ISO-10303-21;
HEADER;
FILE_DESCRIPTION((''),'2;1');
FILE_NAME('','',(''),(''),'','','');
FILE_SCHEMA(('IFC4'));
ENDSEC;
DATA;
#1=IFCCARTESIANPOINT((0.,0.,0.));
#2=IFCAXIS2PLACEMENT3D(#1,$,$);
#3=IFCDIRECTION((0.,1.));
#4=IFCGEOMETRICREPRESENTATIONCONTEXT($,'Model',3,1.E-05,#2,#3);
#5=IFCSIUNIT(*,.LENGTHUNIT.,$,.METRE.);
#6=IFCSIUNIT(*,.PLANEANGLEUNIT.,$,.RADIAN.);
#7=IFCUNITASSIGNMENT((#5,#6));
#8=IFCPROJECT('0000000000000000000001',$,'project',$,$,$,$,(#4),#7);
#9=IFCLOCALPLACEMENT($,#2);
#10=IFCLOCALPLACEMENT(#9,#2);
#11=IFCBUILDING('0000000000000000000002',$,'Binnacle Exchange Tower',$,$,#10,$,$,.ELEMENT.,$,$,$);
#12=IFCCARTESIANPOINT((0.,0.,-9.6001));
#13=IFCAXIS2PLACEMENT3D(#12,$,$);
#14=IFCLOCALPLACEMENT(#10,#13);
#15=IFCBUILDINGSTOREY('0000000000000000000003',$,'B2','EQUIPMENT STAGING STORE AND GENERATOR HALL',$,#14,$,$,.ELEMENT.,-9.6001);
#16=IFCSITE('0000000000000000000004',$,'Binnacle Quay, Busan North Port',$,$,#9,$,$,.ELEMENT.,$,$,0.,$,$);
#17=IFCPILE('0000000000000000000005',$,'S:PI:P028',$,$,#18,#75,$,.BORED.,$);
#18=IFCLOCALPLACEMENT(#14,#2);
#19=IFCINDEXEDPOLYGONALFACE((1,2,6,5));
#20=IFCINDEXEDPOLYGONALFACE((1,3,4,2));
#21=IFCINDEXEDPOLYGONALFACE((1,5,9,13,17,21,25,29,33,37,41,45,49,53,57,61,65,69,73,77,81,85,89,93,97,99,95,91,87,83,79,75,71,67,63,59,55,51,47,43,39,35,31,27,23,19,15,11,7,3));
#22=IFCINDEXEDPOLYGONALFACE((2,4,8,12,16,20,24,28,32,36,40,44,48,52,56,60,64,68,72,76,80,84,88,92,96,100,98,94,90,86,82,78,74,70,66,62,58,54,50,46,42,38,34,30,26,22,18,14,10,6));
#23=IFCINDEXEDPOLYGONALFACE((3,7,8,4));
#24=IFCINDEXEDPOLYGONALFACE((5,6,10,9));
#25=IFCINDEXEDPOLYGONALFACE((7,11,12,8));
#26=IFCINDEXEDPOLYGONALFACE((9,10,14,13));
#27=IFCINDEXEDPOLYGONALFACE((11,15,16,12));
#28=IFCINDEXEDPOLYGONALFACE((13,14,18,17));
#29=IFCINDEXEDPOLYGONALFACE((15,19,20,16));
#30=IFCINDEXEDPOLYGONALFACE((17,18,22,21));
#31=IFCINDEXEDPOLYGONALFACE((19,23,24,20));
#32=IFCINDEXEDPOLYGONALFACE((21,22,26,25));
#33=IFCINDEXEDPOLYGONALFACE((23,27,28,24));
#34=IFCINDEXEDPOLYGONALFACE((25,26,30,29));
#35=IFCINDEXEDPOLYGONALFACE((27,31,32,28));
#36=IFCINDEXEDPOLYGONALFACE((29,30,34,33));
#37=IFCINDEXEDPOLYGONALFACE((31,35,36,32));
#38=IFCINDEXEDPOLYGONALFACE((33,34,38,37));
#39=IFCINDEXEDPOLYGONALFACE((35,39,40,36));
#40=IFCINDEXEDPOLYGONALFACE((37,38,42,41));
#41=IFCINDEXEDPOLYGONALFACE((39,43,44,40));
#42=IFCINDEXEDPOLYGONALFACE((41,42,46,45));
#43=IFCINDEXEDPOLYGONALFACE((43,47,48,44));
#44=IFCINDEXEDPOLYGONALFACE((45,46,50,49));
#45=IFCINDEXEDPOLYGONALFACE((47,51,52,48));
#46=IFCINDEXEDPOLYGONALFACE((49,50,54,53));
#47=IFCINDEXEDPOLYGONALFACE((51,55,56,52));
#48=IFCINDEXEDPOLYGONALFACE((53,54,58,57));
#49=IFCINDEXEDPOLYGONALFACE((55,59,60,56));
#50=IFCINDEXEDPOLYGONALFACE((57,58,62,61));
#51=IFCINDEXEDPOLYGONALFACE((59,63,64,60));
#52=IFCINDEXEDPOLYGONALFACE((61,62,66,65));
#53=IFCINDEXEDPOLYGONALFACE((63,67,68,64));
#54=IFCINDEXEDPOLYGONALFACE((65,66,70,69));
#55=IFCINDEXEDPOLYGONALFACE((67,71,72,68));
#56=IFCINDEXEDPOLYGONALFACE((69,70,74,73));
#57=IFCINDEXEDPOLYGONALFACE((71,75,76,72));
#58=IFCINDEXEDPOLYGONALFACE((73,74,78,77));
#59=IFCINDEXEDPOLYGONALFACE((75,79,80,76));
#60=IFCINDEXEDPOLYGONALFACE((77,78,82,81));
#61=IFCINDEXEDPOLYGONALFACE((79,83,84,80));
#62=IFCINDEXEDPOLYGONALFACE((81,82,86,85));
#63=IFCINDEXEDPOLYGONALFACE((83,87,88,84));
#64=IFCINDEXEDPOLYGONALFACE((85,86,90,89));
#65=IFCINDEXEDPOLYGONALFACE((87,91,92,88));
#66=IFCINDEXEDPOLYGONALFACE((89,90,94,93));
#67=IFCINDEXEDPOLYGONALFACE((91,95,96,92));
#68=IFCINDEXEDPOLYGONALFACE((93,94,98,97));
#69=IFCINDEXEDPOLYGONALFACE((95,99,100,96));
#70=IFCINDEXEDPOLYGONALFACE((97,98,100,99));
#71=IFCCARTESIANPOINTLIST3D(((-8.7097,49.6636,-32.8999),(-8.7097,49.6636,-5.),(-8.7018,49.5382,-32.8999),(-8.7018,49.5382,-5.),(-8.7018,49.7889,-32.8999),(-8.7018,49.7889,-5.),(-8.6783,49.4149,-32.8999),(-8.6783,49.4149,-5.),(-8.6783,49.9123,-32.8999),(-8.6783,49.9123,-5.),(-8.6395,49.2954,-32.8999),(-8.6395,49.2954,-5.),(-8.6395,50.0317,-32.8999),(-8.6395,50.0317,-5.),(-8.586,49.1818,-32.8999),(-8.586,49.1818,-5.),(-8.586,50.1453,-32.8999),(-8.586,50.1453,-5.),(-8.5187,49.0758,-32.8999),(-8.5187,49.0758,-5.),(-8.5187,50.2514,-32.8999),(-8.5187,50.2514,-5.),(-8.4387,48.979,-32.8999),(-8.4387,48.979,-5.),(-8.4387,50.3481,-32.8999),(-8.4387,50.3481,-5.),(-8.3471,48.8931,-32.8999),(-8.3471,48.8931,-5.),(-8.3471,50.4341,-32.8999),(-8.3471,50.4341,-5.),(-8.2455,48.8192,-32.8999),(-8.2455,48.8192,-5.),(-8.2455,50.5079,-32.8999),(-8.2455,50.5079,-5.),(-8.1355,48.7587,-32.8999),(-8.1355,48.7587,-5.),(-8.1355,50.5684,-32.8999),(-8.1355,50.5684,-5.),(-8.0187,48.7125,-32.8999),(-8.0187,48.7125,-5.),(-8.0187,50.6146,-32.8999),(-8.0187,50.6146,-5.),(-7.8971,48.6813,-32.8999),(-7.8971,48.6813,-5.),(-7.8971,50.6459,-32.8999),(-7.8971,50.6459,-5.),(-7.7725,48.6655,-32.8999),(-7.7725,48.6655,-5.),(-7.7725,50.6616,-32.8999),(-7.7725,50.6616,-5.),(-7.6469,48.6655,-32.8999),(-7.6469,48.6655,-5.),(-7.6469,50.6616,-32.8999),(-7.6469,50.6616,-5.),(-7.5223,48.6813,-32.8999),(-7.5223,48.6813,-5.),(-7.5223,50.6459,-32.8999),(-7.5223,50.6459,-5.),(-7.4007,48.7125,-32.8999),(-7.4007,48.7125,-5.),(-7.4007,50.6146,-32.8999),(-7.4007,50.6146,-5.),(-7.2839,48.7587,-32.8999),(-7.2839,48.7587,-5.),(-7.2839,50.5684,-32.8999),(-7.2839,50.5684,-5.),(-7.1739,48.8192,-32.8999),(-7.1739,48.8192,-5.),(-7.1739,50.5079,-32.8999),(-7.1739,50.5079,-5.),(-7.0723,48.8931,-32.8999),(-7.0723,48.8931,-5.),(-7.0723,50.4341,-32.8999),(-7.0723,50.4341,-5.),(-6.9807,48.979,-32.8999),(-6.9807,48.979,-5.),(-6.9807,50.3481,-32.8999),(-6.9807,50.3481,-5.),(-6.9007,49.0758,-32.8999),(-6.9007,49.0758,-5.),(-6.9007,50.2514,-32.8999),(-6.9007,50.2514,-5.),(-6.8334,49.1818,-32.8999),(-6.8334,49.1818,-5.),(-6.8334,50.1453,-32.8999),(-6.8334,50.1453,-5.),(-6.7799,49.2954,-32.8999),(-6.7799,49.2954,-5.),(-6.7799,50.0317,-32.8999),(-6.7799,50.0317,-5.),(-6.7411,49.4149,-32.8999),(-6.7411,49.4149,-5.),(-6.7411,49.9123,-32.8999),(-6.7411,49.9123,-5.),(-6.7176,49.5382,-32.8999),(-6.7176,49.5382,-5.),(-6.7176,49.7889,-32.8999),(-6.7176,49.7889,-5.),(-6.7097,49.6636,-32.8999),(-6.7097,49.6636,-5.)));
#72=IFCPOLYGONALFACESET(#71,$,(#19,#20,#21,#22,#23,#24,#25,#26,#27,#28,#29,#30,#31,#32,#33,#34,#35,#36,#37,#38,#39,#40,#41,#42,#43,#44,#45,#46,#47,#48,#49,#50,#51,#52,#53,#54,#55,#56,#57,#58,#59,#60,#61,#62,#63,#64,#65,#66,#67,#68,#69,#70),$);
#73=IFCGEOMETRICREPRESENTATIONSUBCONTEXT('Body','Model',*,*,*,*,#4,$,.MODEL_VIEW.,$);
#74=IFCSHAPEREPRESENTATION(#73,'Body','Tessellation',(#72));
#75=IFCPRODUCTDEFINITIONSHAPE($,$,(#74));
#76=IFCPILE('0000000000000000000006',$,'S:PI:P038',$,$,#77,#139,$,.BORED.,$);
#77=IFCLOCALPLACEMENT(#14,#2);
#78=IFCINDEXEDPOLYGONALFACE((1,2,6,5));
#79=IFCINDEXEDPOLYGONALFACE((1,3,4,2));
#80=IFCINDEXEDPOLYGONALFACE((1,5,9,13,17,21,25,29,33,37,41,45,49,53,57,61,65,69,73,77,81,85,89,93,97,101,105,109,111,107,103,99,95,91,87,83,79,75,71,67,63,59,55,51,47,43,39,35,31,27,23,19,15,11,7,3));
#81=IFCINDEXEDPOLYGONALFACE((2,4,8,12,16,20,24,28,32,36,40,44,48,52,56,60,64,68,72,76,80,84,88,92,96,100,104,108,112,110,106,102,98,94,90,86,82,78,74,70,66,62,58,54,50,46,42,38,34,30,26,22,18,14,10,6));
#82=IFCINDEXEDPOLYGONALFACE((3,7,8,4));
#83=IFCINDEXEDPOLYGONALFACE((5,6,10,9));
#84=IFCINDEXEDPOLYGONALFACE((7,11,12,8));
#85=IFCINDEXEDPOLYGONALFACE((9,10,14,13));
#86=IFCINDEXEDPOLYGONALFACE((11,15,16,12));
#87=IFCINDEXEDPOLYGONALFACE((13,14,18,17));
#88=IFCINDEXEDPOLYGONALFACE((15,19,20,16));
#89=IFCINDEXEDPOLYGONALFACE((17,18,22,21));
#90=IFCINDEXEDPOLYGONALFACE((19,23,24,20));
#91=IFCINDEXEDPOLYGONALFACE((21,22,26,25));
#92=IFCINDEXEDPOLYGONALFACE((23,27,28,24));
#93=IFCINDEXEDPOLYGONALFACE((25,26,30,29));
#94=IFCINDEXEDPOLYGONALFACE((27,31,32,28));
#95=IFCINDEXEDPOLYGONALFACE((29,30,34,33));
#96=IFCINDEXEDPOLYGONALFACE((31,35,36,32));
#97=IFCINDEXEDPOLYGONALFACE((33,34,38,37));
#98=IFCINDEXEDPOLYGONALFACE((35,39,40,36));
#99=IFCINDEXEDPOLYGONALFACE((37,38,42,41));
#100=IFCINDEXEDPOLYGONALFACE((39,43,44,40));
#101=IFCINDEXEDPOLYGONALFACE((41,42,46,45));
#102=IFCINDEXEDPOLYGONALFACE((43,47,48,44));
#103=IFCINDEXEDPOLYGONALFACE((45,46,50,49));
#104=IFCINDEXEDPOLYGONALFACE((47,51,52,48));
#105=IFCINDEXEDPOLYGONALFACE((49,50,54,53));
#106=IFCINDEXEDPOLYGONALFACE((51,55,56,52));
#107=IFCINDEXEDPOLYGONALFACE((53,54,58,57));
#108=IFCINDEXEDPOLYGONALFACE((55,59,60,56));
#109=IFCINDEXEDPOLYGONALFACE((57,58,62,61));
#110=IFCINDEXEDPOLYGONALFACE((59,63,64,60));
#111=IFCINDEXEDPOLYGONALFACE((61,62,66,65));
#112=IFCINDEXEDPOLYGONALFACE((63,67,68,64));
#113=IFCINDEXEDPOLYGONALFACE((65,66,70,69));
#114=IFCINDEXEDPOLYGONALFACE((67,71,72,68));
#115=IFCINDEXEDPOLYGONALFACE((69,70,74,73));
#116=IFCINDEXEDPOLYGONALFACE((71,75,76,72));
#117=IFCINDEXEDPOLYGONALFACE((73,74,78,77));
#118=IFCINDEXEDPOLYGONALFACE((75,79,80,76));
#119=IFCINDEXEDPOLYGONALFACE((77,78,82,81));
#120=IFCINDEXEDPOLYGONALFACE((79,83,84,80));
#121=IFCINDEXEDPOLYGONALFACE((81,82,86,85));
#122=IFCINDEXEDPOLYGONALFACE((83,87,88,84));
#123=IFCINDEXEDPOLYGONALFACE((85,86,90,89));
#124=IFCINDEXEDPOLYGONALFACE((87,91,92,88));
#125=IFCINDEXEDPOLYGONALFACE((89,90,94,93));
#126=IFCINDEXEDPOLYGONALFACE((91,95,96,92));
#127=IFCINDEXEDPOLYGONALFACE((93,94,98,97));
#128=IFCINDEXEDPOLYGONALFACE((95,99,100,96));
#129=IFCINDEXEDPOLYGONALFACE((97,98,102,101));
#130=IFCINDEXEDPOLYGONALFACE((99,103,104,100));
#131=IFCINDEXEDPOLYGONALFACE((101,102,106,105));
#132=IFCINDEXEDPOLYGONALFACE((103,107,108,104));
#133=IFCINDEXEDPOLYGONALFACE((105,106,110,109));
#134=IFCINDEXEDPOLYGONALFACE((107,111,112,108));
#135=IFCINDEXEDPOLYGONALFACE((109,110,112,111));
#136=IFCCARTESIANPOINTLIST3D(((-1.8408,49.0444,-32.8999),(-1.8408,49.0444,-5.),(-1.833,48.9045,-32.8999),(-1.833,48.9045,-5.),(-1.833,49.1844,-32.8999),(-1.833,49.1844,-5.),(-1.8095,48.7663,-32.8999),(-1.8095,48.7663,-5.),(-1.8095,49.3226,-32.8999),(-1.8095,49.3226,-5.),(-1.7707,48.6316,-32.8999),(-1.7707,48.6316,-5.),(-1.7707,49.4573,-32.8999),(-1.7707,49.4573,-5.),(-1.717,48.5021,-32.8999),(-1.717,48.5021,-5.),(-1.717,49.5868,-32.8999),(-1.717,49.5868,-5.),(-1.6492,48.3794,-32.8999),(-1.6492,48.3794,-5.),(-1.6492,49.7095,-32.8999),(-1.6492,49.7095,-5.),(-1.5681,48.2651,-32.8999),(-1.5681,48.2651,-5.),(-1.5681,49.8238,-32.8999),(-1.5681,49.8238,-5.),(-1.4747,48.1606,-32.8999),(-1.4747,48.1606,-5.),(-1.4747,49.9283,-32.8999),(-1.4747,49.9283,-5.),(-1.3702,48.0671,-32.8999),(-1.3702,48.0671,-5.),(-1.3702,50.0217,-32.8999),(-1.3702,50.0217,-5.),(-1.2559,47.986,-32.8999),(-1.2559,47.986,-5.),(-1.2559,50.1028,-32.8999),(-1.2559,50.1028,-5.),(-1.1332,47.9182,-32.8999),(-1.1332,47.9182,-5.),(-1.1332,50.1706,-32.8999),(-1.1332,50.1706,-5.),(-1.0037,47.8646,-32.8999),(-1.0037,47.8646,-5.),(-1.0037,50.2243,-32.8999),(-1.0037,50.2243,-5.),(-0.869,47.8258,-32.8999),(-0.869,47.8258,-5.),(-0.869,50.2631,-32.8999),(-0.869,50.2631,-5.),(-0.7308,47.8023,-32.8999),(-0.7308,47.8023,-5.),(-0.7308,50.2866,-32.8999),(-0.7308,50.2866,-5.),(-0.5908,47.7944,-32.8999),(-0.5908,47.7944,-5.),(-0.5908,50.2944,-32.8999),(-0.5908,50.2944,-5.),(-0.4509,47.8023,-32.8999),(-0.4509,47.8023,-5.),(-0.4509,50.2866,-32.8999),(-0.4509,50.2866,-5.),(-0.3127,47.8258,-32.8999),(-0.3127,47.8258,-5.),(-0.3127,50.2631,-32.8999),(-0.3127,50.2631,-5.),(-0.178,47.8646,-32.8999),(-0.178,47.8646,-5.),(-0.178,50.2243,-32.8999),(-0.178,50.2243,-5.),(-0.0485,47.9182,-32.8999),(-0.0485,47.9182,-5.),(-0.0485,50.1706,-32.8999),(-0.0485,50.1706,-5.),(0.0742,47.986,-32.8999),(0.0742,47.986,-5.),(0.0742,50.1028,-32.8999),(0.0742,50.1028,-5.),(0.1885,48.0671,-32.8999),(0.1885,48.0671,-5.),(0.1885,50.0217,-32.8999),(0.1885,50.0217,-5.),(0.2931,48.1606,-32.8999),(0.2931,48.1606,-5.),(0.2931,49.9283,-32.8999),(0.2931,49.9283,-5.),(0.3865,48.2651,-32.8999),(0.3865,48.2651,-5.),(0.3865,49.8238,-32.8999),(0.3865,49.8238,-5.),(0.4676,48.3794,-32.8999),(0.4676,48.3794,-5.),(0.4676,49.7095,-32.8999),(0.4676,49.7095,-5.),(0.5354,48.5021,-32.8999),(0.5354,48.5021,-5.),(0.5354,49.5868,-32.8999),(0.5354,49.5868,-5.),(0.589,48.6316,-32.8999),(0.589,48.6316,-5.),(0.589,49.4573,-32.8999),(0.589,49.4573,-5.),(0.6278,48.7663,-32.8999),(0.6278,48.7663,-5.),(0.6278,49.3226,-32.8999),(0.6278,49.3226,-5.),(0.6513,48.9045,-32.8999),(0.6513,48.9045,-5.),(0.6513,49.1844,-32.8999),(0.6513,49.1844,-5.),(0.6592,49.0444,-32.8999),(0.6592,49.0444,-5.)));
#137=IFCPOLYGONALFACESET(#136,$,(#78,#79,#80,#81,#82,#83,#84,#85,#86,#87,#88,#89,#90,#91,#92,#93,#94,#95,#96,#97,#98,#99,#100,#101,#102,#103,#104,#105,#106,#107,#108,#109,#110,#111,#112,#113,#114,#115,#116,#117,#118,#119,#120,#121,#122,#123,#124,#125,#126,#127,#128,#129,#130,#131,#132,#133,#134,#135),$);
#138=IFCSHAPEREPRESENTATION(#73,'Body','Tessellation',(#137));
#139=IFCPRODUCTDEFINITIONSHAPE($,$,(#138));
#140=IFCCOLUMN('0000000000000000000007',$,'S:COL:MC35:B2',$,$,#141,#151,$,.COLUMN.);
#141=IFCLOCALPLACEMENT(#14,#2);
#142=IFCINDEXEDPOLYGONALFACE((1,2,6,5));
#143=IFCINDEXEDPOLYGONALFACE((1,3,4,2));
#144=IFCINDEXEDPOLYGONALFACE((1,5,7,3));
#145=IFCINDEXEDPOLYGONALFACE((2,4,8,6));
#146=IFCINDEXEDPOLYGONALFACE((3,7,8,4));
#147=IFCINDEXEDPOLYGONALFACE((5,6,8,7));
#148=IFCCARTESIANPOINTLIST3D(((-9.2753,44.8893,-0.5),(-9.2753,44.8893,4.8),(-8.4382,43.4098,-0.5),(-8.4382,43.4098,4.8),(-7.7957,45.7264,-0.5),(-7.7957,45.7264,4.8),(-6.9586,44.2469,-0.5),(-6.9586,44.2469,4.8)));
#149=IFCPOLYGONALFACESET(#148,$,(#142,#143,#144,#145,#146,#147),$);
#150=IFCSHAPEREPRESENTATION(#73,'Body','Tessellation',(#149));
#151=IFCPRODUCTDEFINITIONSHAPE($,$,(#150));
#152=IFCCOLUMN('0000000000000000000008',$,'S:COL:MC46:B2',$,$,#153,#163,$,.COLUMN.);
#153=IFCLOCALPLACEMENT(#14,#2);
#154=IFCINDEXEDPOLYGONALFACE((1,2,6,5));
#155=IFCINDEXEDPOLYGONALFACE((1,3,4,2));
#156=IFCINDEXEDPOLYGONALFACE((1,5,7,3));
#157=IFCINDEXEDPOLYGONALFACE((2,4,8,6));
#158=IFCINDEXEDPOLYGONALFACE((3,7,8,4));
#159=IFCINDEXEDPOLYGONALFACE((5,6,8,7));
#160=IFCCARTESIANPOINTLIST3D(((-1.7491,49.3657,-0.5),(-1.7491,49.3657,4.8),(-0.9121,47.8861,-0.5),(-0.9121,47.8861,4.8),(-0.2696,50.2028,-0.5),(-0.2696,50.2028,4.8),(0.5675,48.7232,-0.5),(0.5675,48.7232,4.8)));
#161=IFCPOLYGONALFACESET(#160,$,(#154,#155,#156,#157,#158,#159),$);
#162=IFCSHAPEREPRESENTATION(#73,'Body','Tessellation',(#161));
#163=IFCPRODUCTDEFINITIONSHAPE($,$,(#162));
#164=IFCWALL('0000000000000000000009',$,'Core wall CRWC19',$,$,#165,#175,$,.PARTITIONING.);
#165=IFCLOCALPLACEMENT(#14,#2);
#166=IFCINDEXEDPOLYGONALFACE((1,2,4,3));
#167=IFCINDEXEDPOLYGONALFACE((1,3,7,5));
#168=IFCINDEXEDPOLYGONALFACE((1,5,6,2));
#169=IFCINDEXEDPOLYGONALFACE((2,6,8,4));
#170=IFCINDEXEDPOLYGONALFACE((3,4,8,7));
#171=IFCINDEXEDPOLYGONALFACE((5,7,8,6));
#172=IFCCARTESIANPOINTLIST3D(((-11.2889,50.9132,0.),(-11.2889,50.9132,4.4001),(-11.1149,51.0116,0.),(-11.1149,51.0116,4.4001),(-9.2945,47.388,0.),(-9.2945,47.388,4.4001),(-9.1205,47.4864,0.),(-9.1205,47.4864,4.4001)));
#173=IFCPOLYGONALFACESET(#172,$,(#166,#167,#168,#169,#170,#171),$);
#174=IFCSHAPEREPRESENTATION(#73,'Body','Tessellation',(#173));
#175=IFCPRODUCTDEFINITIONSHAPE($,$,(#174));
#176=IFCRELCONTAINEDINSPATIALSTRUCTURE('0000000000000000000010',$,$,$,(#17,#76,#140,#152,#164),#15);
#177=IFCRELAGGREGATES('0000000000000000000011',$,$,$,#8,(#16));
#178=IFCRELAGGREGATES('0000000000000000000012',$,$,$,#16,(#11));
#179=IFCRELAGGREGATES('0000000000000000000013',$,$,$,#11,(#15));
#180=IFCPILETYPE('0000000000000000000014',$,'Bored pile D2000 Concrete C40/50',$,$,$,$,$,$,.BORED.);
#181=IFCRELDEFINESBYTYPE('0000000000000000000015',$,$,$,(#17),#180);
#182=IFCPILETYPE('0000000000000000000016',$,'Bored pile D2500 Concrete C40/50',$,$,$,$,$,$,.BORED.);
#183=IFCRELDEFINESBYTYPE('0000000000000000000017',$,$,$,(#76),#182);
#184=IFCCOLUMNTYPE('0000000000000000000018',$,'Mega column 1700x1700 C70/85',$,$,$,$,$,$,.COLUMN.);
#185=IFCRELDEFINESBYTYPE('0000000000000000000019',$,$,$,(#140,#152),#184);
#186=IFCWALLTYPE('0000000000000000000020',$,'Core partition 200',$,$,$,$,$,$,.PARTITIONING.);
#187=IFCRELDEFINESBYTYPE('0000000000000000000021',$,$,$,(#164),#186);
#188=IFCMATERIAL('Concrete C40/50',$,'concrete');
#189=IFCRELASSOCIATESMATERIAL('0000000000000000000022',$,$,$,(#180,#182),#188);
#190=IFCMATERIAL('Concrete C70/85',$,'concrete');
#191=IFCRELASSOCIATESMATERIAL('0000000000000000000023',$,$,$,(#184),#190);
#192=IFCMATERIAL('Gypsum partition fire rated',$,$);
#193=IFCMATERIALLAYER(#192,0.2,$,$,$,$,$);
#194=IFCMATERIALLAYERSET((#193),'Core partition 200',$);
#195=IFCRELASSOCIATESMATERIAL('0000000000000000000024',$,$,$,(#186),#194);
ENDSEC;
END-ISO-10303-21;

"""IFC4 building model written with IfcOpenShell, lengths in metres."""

from ifc_helpers import new_model, si_unit, direction, frame, frame_2d, origin, origin_2d, place, context, subcontext, project, spatial, rectangle, circle, extrude, material, layer, layer_set, material_profile, profile_set, type_object, element, save


model = new_model("IFC4")

# Units and contexts
model_context = context("Model", 3, precision=1e-05, world=origin(), true_north=direction((0.0, 1.0)))
body_context = subcontext(model_context, "Body", "Model", "MODEL_VIEW")
ifc_project = project(units=[si_unit("LENGTHUNIT", "METRE"), si_unit("PLANEANGLEUNIT", "RADIAN")], contexts=[model_context])

# Site, building, storey
site_placement = place(None, origin())
site = spatial("IfcSite", under=ifc_project, at=site_placement, Name="Binnacle Quay, Busan North Port", CompositionType="ELEMENT", RefElevation=0.0)
building_placement = place(site_placement, origin())
building = spatial("IfcBuilding", under=site, at=building_placement, Name="Binnacle Exchange Tower", CompositionType="ELEMENT")
storey_placement = place(building_placement, frame((0.0, 0.0, -9.6001)))
storey = spatial("IfcBuildingStorey", under=building, at=storey_placement, Name="B2", Description="EQUIPMENT STAGING STORE AND GENERATOR HALL", CompositionType="ELEMENT", Elevation=-9.6001)

# Piles
ifc_material_1 = material(Name="Concrete C40/50", Category="concrete")
ifc_material_profile_1 = material_profile(ifc_material_1, circle(Radius=1.0, at=origin_2d()), Name="Bored pile D2000")
ifc_profile_set_1 = profile_set([ifc_material_profile_1], Name="Concrete C40/50")
pile_type_1 = type_object("IfcPileType", Name="Bored pile D2000 Concrete C40/50", PredefinedType="BORED", material=ifc_profile_set_1)
for number, where, z_axis, x_axis, name in (
    (1, (-7.7097, 49.6636, -5.0), (0.0, 0.0, -1.0), (1.0, 0.0, 0.0), "S:PI:P028"),
):
    element("IfcPile", number, at=place(storey_placement, frame(where, z_axis=z_axis, x_axis=x_axis)), inside=storey, type_object=pile_type_1, Name=name, PredefinedType="BORED", context=body_context, shape_type="SweptSolid", body=[
        extrude(circle(Radius=1.0, at=origin_2d()), origin(), (0.0, 0.0, 1.0), 27.8999),
    ])
ifc_material_profile_2 = material_profile(ifc_material_1, circle(Radius=1.25, at=origin_2d()), Name="Bored pile D2500")
ifc_profile_set_2 = profile_set([ifc_material_profile_2], Name="Concrete C40/50")
pile_type_2 = type_object("IfcPileType", Name="Bored pile D2500 Concrete C40/50", PredefinedType="BORED", material=ifc_profile_set_2)
pile_placement = place(storey_placement, frame((-0.5908, 49.0444, -5.0), z_axis=(0.0, 0.0, -1.0), x_axis=(1.0, 0.0, 0.0)))
element("IfcPile", 2, at=pile_placement, inside=storey, type_object=pile_type_2, Name="S:PI:P038", PredefinedType="BORED", context=body_context, shape_type="SweptSolid", body=[
    extrude(circle(Radius=1.25, at=origin_2d()), origin(), (0.0, 0.0, 1.0), 27.8999),
])

# Columns
ifc_material_2 = material(Name="Concrete C70/85", Category="concrete")
ifc_material_profile_3 = material_profile(ifc_material_2, rectangle(XDim=1.7, YDim=1.7, at=origin_2d()), Name="Mega column 1700x1700 C70/85")
ifc_profile_set_3 = profile_set([ifc_material_profile_3], Name="Concrete C70/85")
column_type = type_object("IfcColumnType", Name="Mega column 1700x1700 C70/85", PredefinedType="COLUMN", material=ifc_profile_set_3)
for number, where, z_axis, x_axis, name in (
    (3, (-8.1169, 44.5681, -0.5), (0.0, 0.0, 1.0), (0.870356, 0.492424, 0.0), "S:COL:MC35:B2"),
    (4, (-0.5908, 49.0444, -0.5), (0.0, 0.0, 1.0), (0.870356, 0.492424, 0.0), "S:COL:MC46:B2"),
):
    element("IfcColumn", number, at=place(storey_placement, frame(where, z_axis=z_axis, x_axis=x_axis)), inside=storey, type_object=column_type, Name=name, PredefinedType="COLUMN", context=body_context, shape_type="SweptSolid", body=[
        extrude(rectangle(XDim=1.7, YDim=1.7, at=origin_2d()), origin(), (0.0, 0.0, 1.0), 5.3),
    ])

# Wall
ifc_material_3 = material(Name="Gypsum partition fire rated")
ifc_layer_1 = layer(ifc_material_3, 0.2)
ifc_layer_set_1 = layer_set([ifc_layer_1], Name="Core partition 200")
wall_type_1 = type_object("IfcWallType", Name="Core partition 200", PredefinedType="PARTITIONING", material=ifc_layer_set_1)
wall_1_placement = place(storey_placement, frame((-11.2019, 50.9624, 0.0), z_axis=(0.0, 0.0, 1.0), x_axis=(0.492415, -0.870361, 0.0)))
element("IfcWall", 5, at=wall_1_placement, inside=storey, type_object=wall_type_1, Name="Core wall CRWC19", PredefinedType="PARTITIONING", context=body_context, shape_type="SweptSolid", body=[
    extrude(rectangle(XDim=4.0503, YDim=0.2, at=frame_2d((2.0251, 0.0))), origin(), (0.0, 0.0, 1.0), 4.4001),
])

save(model, "model.ifc")
